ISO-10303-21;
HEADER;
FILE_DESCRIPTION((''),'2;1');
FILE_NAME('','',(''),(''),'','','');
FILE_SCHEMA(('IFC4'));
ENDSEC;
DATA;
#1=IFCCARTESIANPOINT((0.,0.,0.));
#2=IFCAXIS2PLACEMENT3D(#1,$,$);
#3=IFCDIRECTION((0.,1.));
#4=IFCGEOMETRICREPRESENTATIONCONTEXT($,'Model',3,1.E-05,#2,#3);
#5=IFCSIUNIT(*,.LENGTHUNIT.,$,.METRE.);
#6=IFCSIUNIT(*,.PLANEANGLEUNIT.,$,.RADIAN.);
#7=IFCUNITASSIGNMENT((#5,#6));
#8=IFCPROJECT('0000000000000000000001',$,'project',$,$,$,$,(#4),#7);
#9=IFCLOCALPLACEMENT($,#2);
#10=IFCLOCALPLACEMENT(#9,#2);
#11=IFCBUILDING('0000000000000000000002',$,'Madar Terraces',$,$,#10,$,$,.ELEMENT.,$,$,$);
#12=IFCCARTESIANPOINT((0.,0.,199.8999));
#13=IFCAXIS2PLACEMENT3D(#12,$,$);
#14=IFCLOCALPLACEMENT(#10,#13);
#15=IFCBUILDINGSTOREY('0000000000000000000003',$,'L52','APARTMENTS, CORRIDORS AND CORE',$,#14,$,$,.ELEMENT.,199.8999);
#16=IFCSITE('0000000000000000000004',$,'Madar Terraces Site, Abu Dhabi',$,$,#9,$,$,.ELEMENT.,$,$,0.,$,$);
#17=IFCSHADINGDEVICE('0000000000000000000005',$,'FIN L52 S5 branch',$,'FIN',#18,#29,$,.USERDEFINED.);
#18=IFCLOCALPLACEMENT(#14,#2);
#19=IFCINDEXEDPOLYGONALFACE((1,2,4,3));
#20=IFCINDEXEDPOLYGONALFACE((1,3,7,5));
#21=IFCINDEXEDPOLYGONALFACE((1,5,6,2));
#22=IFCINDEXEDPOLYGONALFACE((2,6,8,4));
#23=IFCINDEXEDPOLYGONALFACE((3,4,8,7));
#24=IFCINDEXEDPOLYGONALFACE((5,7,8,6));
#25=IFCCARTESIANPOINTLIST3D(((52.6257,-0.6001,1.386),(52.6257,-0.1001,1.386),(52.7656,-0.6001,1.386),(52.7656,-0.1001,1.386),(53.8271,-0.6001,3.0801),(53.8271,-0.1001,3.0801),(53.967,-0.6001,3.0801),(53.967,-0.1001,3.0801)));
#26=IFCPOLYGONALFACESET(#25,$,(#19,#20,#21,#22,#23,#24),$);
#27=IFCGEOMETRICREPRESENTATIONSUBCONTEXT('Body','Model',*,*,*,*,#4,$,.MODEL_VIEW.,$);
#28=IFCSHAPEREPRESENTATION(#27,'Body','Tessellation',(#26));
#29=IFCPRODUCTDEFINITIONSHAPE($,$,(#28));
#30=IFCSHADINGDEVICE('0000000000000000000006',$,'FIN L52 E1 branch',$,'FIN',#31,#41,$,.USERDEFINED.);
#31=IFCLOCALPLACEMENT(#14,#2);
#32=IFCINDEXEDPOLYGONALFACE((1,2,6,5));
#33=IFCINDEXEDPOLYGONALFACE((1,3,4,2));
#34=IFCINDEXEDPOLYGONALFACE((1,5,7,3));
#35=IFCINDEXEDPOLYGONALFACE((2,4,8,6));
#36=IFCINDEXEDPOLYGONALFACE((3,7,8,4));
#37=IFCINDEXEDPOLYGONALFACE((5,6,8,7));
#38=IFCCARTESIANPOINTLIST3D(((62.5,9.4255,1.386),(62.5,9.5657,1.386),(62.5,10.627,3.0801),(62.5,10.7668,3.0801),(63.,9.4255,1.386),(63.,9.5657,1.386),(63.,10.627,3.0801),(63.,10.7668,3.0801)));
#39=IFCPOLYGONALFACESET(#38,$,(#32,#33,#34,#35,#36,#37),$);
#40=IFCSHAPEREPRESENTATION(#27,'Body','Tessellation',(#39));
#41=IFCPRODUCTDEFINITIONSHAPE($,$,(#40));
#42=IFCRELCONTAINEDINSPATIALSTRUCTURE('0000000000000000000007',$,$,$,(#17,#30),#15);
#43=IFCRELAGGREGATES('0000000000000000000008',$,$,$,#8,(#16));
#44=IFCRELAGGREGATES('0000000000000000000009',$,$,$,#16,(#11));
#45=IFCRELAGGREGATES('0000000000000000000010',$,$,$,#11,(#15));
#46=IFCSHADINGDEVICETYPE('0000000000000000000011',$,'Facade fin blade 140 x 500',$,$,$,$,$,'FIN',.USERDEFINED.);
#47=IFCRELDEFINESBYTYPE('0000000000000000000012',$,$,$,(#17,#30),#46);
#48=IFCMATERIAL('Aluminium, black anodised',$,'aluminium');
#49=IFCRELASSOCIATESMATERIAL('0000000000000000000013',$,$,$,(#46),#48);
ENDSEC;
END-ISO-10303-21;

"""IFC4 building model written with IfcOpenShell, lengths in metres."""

from ifc_helpers import new_model, si_unit, direction, frame, origin, place, context, subcontext, project, spatial, polyline, outline, extrude, material, type_object, element, save


model = new_model("IFC4")

# Units and contexts
model_context = context("Model", 3, precision=1e-05, world=origin(), true_north=direction((0.0, 1.0)))
body_context = subcontext(model_context, "Body", "Model", "MODEL_VIEW")
ifc_project = project(units=[si_unit("LENGTHUNIT", "METRE"), si_unit("PLANEANGLEUNIT", "RADIAN")], contexts=[model_context])

# Site, building, storey
site_placement = place(None, origin())
site = spatial("IfcSite", under=ifc_project, at=site_placement, Name="Madar Terraces Site, Abu Dhabi", CompositionType="ELEMENT", RefElevation=0.0)
building_placement = place(site_placement, origin())
building = spatial("IfcBuilding", under=site, at=building_placement, Name="Madar Terraces", CompositionType="ELEMENT")
storey_placement = place(building_placement, frame((0.0, 0.0, 199.8999)))
storey = spatial("IfcBuildingStorey", under=building, at=storey_placement, Name="L52", Description="APARTMENTS, CORRIDORS AND CORE", CompositionType="ELEMENT", Elevation=199.8999)

# Shading devices
ifc_material_1 = material(Name="Aluminium, black anodised", Category="aluminium")
shading_device_type = type_object("IfcShadingDeviceType", Name="Facade fin blade 140 x 500", ElementType="FIN", PredefinedType="USERDEFINED", material=ifc_material_1)
shading_device_1_placement = place(storey_placement, frame((52.6257, -0.3501, 1.386), z_axis=(0.0, 0.0, 1.0), x_axis=(1.0, 0.0, 0.0)))
element("IfcShadingDevice", 1, at=shading_device_1_placement, inside=storey, type_object=shading_device_type, Name="FIN L52 S5 branch", ObjectType="FIN", PredefinedType="USERDEFINED", context=body_context, shape_type="SweptSolid", body=[
    extrude(outline(polyline([(0.0, 0.0), (0.1399, 0.0), (1.3413, 1.6941), (1.2014, 1.6941), (0.0, 0.0)])), frame((0.0, 0.25, 0.0), z_axis=(0.0, -1.0, 0.0), x_axis=(1.0, 0.0, 0.0)), (0.0, 0.0, 1.0), 0.5),
])
shading_device_2_placement = place(storey_placement, frame((62.75, 9.4255, 1.386), z_axis=(0.0, 0.0, 1.0), x_axis=(0.0, 1.0, 0.0)))
element("IfcShadingDevice", 2, at=shading_device_2_placement, inside=storey, type_object=shading_device_type, Name="FIN L52 E1 branch", ObjectType="FIN", PredefinedType="USERDEFINED", context=body_context, shape_type="SweptSolid", body=[
    extrude(outline(polyline([(0.0, 0.0), (0.1401, 0.0), (1.3413, 1.6941), (1.2014, 1.6941), (0.0, 0.0)])), frame((0.0, 0.25, 0.0), z_axis=(0.0, -1.0, 0.0), x_axis=(1.0, 0.0, 0.0)), (0.0, 0.0, 1.0), 0.5),
])

save(model, "model.ifc")
